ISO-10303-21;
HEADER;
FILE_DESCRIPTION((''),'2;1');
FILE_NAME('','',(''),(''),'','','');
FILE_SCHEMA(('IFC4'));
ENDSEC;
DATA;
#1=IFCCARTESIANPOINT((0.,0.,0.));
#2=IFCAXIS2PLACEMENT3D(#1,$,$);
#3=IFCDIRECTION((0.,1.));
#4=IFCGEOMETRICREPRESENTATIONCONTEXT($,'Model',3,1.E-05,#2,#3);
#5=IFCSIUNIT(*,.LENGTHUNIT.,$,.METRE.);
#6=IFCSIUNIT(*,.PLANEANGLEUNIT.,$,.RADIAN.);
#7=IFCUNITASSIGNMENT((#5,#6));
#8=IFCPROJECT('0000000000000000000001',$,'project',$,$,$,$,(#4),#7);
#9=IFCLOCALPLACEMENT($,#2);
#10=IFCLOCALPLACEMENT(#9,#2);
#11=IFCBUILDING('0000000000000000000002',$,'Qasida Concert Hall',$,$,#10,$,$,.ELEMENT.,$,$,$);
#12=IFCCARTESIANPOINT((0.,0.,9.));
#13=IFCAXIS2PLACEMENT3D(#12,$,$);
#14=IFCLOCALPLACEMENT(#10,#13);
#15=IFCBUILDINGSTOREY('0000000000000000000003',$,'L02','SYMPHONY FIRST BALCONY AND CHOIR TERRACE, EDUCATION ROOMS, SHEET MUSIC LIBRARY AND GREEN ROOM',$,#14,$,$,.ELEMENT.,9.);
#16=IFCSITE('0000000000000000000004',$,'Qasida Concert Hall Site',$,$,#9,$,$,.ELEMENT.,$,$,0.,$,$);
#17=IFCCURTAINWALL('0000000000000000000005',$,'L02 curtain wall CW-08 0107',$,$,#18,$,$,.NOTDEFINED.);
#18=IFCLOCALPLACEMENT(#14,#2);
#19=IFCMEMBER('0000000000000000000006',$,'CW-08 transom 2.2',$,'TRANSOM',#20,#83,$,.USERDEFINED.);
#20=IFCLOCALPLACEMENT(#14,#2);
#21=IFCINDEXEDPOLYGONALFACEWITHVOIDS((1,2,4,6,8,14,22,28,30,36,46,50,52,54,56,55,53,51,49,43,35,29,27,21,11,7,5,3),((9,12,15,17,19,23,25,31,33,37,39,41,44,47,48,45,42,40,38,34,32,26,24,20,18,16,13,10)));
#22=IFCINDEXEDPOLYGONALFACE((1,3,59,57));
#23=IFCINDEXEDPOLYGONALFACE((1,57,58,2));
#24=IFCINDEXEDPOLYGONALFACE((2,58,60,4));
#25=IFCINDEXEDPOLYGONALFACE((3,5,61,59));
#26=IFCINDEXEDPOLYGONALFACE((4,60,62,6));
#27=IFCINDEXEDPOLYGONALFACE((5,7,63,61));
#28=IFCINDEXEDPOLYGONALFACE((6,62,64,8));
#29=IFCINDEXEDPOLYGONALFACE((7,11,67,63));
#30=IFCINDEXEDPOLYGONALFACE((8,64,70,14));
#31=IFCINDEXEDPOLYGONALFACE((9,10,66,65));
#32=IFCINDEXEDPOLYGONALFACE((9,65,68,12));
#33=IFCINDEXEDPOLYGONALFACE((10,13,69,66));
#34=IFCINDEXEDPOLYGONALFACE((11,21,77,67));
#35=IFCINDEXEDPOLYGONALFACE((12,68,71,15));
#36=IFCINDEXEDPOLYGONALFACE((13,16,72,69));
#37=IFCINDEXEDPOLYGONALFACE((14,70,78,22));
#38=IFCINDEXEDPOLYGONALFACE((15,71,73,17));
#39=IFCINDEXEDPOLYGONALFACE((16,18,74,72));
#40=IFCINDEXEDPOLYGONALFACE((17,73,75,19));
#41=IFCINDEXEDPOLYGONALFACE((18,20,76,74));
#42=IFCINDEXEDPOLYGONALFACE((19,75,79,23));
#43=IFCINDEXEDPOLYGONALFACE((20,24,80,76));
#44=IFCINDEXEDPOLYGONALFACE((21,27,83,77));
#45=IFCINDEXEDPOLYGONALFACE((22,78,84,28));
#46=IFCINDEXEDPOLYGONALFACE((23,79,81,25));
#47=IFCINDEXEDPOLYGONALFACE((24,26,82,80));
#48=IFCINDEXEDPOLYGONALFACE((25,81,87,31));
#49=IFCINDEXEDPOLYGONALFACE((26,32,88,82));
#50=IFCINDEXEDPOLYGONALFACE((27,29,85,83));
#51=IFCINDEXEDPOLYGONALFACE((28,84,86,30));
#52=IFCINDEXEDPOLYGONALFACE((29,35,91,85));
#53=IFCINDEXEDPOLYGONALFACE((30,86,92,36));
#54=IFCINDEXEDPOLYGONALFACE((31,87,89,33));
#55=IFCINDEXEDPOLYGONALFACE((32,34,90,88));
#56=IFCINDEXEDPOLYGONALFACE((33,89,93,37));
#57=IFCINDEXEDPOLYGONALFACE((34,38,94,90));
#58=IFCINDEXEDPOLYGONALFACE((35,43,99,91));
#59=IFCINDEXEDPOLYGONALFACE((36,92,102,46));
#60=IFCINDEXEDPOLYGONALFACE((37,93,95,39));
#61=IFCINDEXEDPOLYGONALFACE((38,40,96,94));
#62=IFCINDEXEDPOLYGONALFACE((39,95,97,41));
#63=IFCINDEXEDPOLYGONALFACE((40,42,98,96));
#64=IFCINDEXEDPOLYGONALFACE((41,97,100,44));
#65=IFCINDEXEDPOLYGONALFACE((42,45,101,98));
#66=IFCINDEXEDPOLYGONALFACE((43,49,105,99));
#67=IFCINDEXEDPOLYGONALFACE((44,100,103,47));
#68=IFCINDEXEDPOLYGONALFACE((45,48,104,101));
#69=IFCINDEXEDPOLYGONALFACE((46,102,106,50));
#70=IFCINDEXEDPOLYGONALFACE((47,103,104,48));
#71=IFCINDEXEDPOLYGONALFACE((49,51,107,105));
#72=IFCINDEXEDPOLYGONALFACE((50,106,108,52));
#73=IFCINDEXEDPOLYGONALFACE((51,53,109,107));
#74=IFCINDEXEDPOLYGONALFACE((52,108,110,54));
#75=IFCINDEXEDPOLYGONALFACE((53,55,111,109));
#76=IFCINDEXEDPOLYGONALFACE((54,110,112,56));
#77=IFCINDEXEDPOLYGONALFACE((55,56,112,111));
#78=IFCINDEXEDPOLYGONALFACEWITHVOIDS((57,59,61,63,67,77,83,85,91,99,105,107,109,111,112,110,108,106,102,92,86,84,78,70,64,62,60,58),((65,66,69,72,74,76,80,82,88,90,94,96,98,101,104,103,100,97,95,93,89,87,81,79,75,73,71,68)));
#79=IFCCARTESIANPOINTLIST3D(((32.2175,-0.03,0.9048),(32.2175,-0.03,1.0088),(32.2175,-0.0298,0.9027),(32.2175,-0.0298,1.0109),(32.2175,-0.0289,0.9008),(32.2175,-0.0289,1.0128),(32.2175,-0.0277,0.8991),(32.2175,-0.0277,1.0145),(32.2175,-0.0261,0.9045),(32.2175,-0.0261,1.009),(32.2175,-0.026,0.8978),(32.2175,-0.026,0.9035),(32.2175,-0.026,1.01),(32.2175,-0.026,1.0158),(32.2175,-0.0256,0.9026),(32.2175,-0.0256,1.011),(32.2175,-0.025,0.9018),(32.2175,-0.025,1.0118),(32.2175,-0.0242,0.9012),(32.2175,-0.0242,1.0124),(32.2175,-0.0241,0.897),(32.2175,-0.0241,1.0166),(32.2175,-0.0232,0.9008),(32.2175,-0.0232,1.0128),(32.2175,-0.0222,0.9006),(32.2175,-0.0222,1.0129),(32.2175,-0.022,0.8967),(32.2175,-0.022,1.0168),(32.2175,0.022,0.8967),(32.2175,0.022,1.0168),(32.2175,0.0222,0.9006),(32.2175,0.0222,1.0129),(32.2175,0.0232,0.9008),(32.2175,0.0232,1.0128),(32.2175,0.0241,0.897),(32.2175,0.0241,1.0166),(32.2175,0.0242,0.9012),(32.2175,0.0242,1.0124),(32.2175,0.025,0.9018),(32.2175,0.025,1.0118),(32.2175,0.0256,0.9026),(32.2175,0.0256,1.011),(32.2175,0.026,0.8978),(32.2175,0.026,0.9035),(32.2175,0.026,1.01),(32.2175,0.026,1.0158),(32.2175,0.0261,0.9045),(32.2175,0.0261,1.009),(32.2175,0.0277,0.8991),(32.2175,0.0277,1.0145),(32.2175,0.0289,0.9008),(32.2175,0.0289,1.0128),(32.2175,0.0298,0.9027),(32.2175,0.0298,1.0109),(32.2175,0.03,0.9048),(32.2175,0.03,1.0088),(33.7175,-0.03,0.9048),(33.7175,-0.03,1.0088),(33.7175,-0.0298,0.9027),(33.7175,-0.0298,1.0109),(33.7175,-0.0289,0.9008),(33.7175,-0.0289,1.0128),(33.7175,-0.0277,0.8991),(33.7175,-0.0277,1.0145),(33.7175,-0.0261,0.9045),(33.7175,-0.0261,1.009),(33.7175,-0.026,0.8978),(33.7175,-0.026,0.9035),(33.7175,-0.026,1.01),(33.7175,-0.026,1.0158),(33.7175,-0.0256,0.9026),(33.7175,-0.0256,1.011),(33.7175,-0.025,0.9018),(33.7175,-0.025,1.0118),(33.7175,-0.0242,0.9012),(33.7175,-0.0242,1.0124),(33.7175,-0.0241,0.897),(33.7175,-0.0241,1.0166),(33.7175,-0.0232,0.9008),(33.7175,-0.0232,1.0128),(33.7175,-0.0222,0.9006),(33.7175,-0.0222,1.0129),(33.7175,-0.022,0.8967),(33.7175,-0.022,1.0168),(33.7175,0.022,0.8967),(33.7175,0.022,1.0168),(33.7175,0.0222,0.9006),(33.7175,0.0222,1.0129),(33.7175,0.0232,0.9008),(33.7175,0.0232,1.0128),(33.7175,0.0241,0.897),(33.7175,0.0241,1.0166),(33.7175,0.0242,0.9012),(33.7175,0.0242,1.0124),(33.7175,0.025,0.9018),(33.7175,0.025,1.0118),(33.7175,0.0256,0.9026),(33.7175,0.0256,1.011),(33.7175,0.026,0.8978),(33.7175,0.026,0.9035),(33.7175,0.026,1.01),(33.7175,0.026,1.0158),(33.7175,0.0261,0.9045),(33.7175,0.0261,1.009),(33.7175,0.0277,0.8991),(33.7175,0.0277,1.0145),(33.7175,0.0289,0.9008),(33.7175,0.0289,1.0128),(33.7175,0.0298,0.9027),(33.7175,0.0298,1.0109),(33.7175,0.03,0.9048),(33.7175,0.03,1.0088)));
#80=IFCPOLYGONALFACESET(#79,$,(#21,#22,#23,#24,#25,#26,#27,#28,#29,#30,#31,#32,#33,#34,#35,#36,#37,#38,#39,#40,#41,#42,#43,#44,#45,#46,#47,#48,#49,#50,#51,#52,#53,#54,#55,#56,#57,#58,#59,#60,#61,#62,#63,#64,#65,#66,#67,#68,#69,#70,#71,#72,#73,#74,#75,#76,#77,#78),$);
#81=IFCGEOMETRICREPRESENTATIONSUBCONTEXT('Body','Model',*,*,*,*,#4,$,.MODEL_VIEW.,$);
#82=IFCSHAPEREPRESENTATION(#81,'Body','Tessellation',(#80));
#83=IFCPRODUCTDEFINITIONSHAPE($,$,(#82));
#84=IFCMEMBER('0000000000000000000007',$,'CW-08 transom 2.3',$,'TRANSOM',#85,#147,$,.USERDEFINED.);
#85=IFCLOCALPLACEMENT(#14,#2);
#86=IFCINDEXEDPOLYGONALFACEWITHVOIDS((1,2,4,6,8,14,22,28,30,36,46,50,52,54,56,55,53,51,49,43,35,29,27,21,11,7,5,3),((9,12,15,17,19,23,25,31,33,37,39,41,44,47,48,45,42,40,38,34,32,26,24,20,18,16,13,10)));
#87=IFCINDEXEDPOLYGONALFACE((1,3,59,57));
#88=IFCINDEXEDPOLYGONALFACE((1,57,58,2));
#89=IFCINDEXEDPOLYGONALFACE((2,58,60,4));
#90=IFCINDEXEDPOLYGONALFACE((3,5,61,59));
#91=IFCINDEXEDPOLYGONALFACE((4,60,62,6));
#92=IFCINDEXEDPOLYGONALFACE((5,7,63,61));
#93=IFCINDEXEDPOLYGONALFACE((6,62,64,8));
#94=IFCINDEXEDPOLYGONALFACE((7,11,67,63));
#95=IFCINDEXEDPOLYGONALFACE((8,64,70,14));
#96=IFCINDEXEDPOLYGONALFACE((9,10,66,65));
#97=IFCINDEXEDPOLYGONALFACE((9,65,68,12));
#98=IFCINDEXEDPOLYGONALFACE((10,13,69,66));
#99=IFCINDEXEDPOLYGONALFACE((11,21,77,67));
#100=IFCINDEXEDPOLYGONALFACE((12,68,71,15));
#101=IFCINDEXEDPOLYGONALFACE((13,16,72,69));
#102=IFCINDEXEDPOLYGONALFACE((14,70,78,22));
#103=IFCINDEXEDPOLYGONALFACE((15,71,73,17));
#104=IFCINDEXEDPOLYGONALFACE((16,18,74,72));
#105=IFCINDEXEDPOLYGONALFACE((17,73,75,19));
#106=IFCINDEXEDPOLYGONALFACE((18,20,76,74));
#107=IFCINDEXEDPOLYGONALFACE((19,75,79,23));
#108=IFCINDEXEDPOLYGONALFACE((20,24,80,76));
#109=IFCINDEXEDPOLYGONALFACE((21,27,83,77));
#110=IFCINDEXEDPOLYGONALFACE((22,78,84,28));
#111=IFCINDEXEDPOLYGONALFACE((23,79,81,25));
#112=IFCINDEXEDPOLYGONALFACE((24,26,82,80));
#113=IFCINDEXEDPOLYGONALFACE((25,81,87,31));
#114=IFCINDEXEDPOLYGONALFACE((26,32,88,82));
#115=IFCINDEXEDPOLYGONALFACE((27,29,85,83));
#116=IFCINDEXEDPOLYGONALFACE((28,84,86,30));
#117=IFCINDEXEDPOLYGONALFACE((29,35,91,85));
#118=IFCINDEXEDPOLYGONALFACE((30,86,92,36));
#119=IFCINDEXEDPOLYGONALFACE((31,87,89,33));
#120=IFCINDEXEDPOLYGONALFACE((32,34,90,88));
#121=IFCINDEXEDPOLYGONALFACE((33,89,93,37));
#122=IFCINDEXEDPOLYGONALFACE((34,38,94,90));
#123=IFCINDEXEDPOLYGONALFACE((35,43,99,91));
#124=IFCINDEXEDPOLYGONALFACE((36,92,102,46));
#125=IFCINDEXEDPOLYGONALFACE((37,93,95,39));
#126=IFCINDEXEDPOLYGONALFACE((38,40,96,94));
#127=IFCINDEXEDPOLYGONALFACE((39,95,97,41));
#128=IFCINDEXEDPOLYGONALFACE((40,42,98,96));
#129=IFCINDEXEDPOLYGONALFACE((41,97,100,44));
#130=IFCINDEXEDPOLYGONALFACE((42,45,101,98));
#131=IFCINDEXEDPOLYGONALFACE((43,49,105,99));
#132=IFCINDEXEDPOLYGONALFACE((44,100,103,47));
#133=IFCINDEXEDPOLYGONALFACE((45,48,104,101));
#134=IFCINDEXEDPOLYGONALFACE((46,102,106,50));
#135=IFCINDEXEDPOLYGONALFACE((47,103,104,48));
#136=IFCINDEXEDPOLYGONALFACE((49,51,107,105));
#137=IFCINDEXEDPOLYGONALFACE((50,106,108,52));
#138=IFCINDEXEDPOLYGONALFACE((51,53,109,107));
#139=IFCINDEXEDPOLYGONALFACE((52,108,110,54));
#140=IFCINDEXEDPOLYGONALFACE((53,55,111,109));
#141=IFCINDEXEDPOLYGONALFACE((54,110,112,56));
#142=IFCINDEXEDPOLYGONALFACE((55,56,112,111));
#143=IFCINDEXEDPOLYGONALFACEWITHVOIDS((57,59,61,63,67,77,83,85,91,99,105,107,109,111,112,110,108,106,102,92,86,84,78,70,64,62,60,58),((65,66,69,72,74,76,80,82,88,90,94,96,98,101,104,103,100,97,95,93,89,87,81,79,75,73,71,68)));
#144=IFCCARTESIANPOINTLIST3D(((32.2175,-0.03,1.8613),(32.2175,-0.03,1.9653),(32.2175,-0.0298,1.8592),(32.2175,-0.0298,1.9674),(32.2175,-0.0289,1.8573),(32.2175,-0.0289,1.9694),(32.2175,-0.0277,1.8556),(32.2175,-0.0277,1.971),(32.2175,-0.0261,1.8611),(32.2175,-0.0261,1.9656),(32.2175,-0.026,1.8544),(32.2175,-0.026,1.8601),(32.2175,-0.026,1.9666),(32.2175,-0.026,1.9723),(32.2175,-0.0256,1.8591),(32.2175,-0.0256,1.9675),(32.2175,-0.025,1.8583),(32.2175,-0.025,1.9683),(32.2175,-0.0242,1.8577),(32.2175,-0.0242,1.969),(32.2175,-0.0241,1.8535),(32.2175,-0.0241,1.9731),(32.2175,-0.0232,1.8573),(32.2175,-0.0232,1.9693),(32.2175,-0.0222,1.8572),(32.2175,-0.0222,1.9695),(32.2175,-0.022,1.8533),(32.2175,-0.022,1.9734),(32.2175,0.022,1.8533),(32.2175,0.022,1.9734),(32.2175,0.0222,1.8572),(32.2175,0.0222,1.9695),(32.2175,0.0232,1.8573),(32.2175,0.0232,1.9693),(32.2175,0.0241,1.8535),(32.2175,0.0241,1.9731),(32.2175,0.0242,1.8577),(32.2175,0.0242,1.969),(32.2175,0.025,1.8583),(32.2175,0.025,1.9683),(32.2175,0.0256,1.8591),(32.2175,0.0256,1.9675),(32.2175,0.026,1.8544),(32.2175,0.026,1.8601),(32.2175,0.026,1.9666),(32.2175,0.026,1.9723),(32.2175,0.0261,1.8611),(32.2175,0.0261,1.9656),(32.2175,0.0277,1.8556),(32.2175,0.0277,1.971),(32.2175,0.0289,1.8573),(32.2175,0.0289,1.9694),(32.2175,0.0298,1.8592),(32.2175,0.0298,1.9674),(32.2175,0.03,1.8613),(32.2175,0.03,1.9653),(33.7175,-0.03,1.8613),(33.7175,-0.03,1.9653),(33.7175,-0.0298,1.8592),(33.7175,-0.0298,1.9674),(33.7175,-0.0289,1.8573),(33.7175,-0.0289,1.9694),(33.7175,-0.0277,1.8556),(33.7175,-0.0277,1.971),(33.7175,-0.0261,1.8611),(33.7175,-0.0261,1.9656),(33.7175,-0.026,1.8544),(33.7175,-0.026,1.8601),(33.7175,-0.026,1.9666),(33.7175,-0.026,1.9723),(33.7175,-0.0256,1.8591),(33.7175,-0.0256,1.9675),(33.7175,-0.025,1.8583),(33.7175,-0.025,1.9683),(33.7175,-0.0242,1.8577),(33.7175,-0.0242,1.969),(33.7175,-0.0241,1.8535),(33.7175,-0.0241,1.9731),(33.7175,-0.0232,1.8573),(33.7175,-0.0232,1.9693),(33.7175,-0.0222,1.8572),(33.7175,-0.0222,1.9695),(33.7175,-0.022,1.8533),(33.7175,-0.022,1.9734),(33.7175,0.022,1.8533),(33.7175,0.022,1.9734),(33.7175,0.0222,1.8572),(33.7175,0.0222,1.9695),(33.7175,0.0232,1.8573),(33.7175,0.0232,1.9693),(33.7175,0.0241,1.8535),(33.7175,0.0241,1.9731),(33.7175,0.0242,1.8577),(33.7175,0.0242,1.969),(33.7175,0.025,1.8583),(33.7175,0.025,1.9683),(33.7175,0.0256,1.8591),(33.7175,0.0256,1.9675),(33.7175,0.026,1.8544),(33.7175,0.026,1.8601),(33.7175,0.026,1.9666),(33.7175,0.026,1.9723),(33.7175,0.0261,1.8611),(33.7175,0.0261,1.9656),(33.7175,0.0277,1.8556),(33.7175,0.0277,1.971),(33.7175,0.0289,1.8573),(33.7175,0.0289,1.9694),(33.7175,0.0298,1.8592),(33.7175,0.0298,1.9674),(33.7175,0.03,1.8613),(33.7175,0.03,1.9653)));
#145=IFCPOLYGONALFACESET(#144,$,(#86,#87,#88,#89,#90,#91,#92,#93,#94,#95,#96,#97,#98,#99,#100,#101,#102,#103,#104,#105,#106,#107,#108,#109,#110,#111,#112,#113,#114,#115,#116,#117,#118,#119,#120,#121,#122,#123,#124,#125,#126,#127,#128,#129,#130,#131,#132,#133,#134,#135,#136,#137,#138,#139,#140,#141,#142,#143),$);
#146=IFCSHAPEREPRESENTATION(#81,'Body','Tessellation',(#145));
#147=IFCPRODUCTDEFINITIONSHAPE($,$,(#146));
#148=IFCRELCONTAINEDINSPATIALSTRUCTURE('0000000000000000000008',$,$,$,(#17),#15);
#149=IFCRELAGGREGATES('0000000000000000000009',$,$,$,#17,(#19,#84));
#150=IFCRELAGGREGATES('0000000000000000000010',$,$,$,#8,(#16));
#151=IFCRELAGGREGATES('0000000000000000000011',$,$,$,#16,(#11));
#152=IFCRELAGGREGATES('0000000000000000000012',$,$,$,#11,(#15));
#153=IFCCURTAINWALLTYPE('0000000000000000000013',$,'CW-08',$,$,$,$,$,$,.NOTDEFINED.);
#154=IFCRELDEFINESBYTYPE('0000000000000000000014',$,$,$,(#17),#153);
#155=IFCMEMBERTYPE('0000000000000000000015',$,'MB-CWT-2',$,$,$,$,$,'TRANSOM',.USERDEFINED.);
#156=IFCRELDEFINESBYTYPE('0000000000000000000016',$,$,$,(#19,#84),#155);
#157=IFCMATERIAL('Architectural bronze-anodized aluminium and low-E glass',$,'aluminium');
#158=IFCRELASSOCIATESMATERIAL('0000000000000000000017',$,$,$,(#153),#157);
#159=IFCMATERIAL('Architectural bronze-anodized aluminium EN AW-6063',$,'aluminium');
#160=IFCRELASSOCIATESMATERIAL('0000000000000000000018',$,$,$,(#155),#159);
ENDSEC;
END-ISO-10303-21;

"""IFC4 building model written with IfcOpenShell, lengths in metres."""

from ifc_helpers import new_model, si_unit, direction, frame, origin, origin_2d, place, context, subcontext, project, spatial, hollow_rectangle, extrude, material, material_profile, profile_set, type_object, element, aggregate, save


model = new_model("IFC4")

# Units and contexts
model_context = context("Model", 3, precision=1e-05, world=origin(), true_north=direction((0.0, 1.0)))
body_context = subcontext(model_context, "Body", "Model", "MODEL_VIEW")
ifc_project = project(units=[si_unit("LENGTHUNIT", "METRE"), si_unit("PLANEANGLEUNIT", "RADIAN")], contexts=[model_context])

# Site, building, storey
site_placement = place(None, origin())
site = spatial("IfcSite", under=ifc_project, at=site_placement, Name="Qasida Concert Hall Site", CompositionType="ELEMENT", RefElevation=0.0)
building_placement = place(site_placement, origin())
building = spatial("IfcBuilding", under=site, at=building_placement, Name="Qasida Concert Hall", CompositionType="ELEMENT")
storey_placement = place(building_placement, frame((0.0, 0.0, 9.0)))
storey = spatial("IfcBuildingStorey", under=building, at=storey_placement, Name="L02", Description="SYMPHONY FIRST BALCONY AND CHOIR TERRACE, EDUCATION ROOMS, SHEET MUSIC LIBRARY AND GREEN ROOM", CompositionType="ELEMENT", Elevation=9.0)

# Curtain wall, members
ifc_material_1 = material(Name="Architectural bronze-anodized aluminium and low-E glass", Category="aluminium")
curtain_wall_type = type_object("IfcCurtainWallType", Name="CW-08", PredefinedType="NOTDEFINED", material=ifc_material_1)
curtain_wall_placement = place(storey_placement, origin())
curtain_wall = element("IfcCurtainWall", 1, at=curtain_wall_placement, inside=storey, type_object=curtain_wall_type, Name="L02 curtain wall CW-08 0107", PredefinedType="NOTDEFINED")
ifc_material_2 = material(Name="Architectural bronze-anodized aluminium EN AW-6063", Category="aluminium")
ifc_material_profile_1 = material_profile(ifc_material_2, hollow_rectangle(XDim=0.0601, YDim=0.1201, WallThickness=0.0039, InnerFilletRadius=0.0039, OuterFilletRadius=0.0081, at=origin_2d()), Name="CWT 120x60x4")
ifc_profile_set_1 = profile_set([ifc_material_profile_1], Name="Architectural bronze-anodized aluminium EN AW-6063")
member_type_1 = type_object("IfcMemberType", Name="MB-CWT-2", ElementType="TRANSOM", PredefinedType="USERDEFINED", material=ifc_profile_set_1)
member_1_placement = place(storey_placement, frame((32.2175, 0.0, 0.9568), z_axis=(1.0, 0.0, 0.0), x_axis=(0.0, 1.0, 0.0)))
member_1 = element("IfcMember", 2, at=member_1_placement, type_object=member_type_1, Name="CW-08 transom 2.2", ObjectType="TRANSOM", PredefinedType="USERDEFINED", context=body_context, shape_type="SweptSolid", body=[
    extrude(hollow_rectangle(XDim=0.0601, YDim=0.1201, WallThickness=0.0039, InnerFilletRadius=0.0039, OuterFilletRadius=0.0081, at=origin_2d()), origin(), (0.0, 0.0, 1.0), 1.5),
])
member_2_placement = place(storey_placement, frame((32.2175, 0.0, 1.9133), z_axis=(1.0, 0.0, 0.0), x_axis=(0.0, 1.0, 0.0)))
member_2 = element("IfcMember", 3, at=member_2_placement, type_object=member_type_1, Name="CW-08 transom 2.3", ObjectType="TRANSOM", PredefinedType="USERDEFINED", context=body_context, shape_type="SweptSolid", body=[
    extrude(hollow_rectangle(XDim=0.0601, YDim=0.1201, WallThickness=0.0039, InnerFilletRadius=0.0039, OuterFilletRadius=0.0081, at=origin_2d()), origin(), (0.0, 0.0, 1.0), 1.5),
])
aggregate(curtain_wall, [member_1, member_2])

save(model, "model.ifc")
